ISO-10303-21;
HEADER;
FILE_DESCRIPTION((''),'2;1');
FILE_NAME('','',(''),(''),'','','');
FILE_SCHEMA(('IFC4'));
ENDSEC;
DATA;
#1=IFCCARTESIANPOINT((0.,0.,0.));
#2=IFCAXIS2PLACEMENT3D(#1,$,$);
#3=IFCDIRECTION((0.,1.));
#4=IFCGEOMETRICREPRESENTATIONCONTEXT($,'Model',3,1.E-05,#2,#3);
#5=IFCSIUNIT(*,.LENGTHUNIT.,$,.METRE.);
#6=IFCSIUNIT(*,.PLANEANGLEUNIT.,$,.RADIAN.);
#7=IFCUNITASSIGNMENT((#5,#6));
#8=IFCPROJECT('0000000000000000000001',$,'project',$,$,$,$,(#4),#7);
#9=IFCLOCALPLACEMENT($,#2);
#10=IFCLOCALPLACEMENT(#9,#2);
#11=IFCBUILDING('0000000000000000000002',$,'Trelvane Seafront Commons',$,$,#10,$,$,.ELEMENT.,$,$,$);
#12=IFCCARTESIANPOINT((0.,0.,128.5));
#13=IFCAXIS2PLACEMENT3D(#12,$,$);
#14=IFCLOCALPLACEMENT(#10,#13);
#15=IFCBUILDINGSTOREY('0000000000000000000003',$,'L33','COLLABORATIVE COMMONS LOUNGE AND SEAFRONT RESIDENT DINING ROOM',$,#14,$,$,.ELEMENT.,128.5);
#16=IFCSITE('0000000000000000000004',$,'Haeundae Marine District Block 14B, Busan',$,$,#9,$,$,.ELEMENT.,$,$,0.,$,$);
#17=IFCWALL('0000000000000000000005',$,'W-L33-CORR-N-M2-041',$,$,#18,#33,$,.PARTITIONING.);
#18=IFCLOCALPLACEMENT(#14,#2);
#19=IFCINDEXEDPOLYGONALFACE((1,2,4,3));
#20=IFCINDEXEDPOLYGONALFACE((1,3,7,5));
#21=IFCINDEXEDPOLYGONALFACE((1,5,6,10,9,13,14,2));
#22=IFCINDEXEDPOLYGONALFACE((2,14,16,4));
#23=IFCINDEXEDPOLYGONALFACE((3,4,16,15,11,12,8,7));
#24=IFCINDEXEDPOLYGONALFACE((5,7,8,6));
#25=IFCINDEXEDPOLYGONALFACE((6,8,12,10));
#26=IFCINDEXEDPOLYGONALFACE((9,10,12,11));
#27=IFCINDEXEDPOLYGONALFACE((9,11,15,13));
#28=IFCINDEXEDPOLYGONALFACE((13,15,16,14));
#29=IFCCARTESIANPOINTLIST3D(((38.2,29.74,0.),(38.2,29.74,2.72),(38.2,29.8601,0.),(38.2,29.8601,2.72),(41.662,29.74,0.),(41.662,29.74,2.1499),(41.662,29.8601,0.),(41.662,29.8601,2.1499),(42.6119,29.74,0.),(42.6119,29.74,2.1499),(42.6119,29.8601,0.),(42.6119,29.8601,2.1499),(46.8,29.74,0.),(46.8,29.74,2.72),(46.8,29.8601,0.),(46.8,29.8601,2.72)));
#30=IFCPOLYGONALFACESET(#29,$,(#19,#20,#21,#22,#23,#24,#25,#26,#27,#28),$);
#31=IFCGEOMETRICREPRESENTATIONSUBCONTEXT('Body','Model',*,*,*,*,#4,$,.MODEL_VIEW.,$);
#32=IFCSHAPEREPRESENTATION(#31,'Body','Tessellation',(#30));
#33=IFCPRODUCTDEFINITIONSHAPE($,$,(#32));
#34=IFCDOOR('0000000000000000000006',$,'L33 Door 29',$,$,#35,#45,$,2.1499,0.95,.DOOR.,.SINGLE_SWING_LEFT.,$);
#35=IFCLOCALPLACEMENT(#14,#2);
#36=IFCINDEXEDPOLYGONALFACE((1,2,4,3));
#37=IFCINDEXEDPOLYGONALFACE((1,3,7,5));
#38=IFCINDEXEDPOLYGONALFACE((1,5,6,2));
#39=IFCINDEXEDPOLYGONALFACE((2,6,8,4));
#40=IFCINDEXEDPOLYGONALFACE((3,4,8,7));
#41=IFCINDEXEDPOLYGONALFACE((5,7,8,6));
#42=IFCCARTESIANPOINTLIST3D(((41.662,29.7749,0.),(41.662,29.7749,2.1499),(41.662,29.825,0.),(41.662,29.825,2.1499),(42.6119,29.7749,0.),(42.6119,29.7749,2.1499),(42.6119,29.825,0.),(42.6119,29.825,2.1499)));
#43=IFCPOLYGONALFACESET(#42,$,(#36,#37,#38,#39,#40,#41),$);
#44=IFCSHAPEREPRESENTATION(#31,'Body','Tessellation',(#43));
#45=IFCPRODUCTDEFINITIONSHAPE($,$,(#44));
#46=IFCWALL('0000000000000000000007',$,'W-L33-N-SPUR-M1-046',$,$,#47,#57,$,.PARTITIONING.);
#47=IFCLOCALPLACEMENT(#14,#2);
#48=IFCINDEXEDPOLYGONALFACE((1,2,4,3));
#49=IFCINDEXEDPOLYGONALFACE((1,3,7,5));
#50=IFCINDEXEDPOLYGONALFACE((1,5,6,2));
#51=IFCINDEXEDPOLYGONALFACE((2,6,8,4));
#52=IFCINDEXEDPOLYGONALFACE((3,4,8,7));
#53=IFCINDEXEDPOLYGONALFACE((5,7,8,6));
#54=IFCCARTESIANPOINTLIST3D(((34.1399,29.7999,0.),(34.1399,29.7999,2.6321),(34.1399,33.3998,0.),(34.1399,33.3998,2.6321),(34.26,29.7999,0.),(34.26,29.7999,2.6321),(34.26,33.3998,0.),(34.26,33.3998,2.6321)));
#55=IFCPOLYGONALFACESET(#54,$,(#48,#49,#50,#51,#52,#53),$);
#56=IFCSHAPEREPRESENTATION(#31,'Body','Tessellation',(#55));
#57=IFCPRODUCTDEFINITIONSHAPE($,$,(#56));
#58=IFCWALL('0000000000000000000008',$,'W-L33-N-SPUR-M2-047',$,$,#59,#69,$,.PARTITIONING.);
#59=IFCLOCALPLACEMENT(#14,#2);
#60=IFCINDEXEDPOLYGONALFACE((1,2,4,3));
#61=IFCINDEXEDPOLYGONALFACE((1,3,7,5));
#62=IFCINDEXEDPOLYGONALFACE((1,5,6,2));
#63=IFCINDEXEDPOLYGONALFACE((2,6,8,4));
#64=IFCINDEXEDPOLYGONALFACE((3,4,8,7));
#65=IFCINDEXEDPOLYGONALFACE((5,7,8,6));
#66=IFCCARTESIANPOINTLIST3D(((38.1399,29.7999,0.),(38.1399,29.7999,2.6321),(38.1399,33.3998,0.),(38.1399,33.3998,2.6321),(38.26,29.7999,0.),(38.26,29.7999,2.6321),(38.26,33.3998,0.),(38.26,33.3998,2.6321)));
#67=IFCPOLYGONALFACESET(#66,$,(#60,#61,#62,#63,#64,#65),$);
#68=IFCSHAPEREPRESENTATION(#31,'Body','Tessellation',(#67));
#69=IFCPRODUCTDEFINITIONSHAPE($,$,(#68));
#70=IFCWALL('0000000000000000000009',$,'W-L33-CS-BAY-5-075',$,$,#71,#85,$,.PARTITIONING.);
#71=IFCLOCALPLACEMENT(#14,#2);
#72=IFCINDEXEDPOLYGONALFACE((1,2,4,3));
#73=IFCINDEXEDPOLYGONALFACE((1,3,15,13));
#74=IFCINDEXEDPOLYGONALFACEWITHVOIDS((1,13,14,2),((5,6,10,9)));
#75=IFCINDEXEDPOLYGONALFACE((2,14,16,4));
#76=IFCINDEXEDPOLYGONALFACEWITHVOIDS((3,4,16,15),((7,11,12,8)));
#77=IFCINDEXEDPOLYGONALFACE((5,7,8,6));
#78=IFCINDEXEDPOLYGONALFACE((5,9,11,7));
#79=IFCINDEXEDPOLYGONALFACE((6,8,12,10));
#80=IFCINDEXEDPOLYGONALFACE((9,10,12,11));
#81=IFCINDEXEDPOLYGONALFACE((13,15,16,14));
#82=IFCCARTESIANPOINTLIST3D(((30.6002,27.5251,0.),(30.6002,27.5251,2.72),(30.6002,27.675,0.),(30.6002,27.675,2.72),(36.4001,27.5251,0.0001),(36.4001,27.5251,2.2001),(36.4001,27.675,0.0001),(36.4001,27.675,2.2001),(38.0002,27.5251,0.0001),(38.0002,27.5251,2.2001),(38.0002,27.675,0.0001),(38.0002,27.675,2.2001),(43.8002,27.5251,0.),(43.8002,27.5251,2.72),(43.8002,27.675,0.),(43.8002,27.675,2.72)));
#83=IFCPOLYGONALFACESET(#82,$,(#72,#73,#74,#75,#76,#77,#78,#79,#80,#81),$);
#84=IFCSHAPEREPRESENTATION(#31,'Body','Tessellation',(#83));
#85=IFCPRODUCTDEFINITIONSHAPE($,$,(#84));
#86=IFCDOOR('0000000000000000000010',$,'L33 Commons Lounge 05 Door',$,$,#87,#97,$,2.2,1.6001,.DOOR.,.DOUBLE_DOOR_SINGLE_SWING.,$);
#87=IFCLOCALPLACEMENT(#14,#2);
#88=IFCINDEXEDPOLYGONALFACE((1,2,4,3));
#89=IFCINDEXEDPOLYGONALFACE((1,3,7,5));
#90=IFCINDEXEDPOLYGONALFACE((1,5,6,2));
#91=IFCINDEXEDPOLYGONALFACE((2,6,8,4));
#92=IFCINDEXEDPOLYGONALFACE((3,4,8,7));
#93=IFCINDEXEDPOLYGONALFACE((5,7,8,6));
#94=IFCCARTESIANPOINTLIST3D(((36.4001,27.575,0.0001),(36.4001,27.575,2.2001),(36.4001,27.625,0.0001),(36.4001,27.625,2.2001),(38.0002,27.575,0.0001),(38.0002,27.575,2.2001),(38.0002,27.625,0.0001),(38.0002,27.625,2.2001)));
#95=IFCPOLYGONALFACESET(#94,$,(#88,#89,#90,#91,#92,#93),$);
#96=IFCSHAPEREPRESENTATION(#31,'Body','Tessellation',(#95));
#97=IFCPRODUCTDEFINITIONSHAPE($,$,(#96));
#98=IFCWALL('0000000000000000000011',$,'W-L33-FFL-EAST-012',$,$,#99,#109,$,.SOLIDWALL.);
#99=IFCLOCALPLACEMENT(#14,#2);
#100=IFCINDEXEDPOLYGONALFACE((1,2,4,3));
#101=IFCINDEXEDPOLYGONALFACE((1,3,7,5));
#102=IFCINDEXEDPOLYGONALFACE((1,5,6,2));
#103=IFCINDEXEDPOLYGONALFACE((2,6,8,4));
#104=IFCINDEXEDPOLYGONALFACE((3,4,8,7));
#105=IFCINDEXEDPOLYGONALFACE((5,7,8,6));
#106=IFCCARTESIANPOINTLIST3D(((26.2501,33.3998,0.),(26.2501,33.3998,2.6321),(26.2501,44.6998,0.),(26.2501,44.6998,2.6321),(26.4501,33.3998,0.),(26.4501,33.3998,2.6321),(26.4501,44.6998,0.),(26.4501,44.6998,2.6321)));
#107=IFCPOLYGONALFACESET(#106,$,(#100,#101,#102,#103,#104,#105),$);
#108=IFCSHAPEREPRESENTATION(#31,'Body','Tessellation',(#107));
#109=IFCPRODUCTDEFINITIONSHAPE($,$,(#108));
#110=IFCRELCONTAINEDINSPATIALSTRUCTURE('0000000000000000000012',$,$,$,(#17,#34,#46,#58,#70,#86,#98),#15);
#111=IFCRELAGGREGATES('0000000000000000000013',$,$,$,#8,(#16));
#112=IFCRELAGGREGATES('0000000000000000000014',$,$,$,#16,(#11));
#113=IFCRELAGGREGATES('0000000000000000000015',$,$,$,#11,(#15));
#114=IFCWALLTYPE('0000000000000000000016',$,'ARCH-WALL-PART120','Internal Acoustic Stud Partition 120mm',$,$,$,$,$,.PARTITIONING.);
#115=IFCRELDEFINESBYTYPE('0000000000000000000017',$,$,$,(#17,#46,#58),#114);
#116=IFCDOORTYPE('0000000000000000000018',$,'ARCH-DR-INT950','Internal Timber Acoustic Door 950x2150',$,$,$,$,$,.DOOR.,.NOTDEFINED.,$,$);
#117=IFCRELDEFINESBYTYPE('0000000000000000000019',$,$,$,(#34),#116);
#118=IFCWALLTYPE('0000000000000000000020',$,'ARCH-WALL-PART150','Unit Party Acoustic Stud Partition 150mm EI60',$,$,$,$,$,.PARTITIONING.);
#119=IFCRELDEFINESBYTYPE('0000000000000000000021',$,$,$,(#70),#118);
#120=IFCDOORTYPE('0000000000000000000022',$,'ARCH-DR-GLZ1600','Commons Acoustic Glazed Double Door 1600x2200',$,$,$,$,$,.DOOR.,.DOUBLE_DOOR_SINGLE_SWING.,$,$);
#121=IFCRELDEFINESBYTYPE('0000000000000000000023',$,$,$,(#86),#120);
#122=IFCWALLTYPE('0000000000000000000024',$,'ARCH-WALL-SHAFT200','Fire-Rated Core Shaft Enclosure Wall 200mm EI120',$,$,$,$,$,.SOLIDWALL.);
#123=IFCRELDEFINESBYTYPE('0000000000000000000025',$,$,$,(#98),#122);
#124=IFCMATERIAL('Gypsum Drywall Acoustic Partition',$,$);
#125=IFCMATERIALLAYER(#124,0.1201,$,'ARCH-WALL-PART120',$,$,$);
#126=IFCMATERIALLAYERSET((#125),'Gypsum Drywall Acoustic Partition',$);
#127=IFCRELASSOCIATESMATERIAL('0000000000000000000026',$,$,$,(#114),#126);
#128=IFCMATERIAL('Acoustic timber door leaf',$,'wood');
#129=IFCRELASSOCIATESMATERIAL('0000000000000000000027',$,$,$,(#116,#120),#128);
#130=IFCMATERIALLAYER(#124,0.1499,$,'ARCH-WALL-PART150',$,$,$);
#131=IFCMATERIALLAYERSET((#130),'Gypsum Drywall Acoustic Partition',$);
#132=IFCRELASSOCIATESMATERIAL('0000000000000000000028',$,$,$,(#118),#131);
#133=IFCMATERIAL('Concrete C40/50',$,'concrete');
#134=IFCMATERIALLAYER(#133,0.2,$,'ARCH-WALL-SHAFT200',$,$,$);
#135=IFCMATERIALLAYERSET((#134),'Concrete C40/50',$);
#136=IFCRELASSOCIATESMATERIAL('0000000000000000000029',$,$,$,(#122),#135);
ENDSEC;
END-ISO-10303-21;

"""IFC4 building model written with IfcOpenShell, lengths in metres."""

from ifc_helpers import new_model, si_unit, direction, frame, frame_2d, origin, place, context, subcontext, project, spatial, rectangle, extrude, source, transform, mapped, material, layer, layer_set, type_object, element, fill, save


model = new_model("IFC4")

# Units and contexts
model_context = context("Model", 3, precision=1e-05, world=origin(), true_north=direction((0.0, 1.0)))
body_context = subcontext(model_context, "Body", "Model", "MODEL_VIEW")
ifc_project = project(units=[si_unit("LENGTHUNIT", "METRE"), si_unit("PLANEANGLEUNIT", "RADIAN")], contexts=[model_context])

# Site, building, storey
site_placement = place(None, origin())
site = spatial("IfcSite", under=ifc_project, at=site_placement, Name="Haeundae Marine District Block 14B, Busan", CompositionType="ELEMENT", RefElevation=0.0)
building_placement = place(site_placement, origin())
building = spatial("IfcBuilding", under=site, at=building_placement, Name="Trelvane Seafront Commons", CompositionType="ELEMENT")
storey_placement = place(building_placement, frame((0.0, 0.0, 128.5)))
storey = spatial("IfcBuildingStorey", under=building, at=storey_placement, Name="L33", Description="COLLABORATIVE COMMONS LOUNGE AND SEAFRONT RESIDENT DINING ROOM", CompositionType="ELEMENT", Elevation=128.5)

# Wall, opening, door
ifc_material_1 = material(Name="Concrete C40/50", Category="concrete")
shared_shape_1 = source(origin(), body_context, "Body", "SweptSolid", [
    extrude(rectangle(XDim=1.6001, YDim=2.2, at=frame_2d((0.8, 1.1001))), frame((0.0, 0.0249, 0.0), z_axis=(0.0, -1.0, 0.0), x_axis=(1.0, 0.0, 0.0)), (0.0, 0.0, 1.0), 0.05),
])
ifc_material_2 = material(Name="Gypsum Drywall Acoustic Partition")
ifc_layer_1 = layer(ifc_material_2, 0.1201, Name="ARCH-WALL-PART120")
ifc_layer_set_1 = layer_set([ifc_layer_1], Name="Gypsum Drywall Acoustic Partition")
wall_type_1 = type_object("IfcWallType", Name="ARCH-WALL-PART120", Description="Internal Acoustic Stud Partition 120mm", PredefinedType="PARTITIONING", material=ifc_layer_set_1)
wall_1_placement = place(storey_placement, frame((38.2, 29.8, 0.0), z_axis=(0.0, 0.0, 1.0), x_axis=(1.0, 0.0, 0.0)))
wall_1 = element("IfcWall", 1, at=wall_1_placement, inside=storey, type_object=wall_type_1, Name="W-L33-CORR-N-M2-041", PredefinedType="PARTITIONING", context=body_context, shape_type="SweptSolid", body=[
    extrude(rectangle(XDim=8.6001, YDim=0.1201, at=frame_2d((4.3, 0.0))), origin(), (0.0, 0.0, 1.0), 2.72),
])
opening_1_placement = place(wall_1_placement, frame((3.4619, 0.0, 0.0)))
opening_1 = element("IfcOpeningElement", 2, at=opening_1_placement, cuts=wall_1, PredefinedType="OPENING", context=body_context, shape_type="SweptSolid", body=[
    extrude(rectangle(XDim=0.95, YDim=2.1499, at=frame_2d((0.4751, 1.075))), frame((0.0, 0.0701, 0.0), z_axis=(0.0, -1.0, 0.0), x_axis=(1.0, 0.0, 0.0)), (0.0, 0.0, 1.0), 0.1401),
])
ifc_material_3 = material(Name="Acoustic timber door leaf", Category="wood")
door_type_1 = type_object("IfcDoorType", Name="ARCH-DR-INT950", Description="Internal Timber Acoustic Door 950x2150", OperationType="NOTDEFINED", PredefinedType="DOOR", material=ifc_material_3)
shared_shape_2 = source(origin(), body_context, "Body", "SweptSolid", [
    extrude(rectangle(XDim=0.95, YDim=2.1499, at=frame_2d((0.4751, 1.075))), frame((0.0, 0.0249, 0.0), z_axis=(0.0, -1.0, 0.0), x_axis=(1.0, 0.0, 0.0)), (0.0, 0.0, 1.0), 0.05),
])
door_1_placement = place(opening_1_placement, origin())
door_1 = element("IfcDoor", 3, at=door_1_placement, inside=storey, type_object=door_type_1, Name="L33 Door 29", OperationType="SINGLE_SWING_LEFT", OverallHeight=2.1499, OverallWidth=0.95, PredefinedType="DOOR", context=body_context, shape_type="MappedRepresentation", body=[
    mapped(shared_shape_2, transform((0.0, 0.0, 0.0), x_axis=(1.0, 0.0, 0.0), y_axis=(0.0, 1.0, 0.0), z_axis=(0.0, 0.0, 1.0), scale=1.0)),
])
fill(opening_1, door_1)

# Walls
for number, where, z_axis, x_axis, name in (
    (4, (34.2, 29.8, 0.0), (0.0, 0.0, 1.0), (0.0, 1.0, 0.0), "W-L33-N-SPUR-M1-046"),
    (5, (38.2, 29.8, 0.0), (0.0, 0.0, 1.0), (0.0, 1.0, 0.0), "W-L33-N-SPUR-M2-047"),
):
    element("IfcWall", number, at=place(storey_placement, frame(where, z_axis=z_axis, x_axis=x_axis)), inside=storey, type_object=wall_type_1, Name=name, PredefinedType="PARTITIONING", context=body_context, shape_type="SweptSolid", body=[
        extrude(rectangle(XDim=3.5999, YDim=0.1201, at=frame_2d((1.7998, 0.0))), origin(), (0.0, 0.0, 1.0), 2.6321),
    ])

# Wall, opening, door
ifc_layer_2 = layer(ifc_material_2, 0.1499, Name="ARCH-WALL-PART150")
ifc_layer_set_2 = layer_set([ifc_layer_2], Name="Gypsum Drywall Acoustic Partition")
wall_type_2 = type_object("IfcWallType", Name="ARCH-WALL-PART150", Description="Unit Party Acoustic Stud Partition 150mm EI60", PredefinedType="PARTITIONING", material=ifc_layer_set_2)
wall_2_placement = place(storey_placement, frame((30.6001, 27.6001, 0.0), z_axis=(0.0, 0.0, 1.0), x_axis=(1.0, 0.0, 0.0)))
wall_2 = element("IfcWall", 6, at=wall_2_placement, inside=storey, type_object=wall_type_2, Name="W-L33-CS-BAY-5-075", PredefinedType="PARTITIONING", context=body_context, shape_type="SweptSolid", body=[
    extrude(rectangle(XDim=13.2, YDim=0.1499, at=frame_2d((6.6001, 0.0))), origin(), (0.0, 0.0, 1.0), 2.72),
])
opening_2_placement = place(wall_2_placement, frame((5.8, 0.0, 0.0)))
opening_2 = element("IfcOpeningElement", 7, at=opening_2_placement, cuts=wall_2, PredefinedType="OPENING", context=body_context, shape_type="SweptSolid", body=[
    extrude(rectangle(XDim=1.6001, YDim=2.2, at=frame_2d((0.8, 1.1001))), frame((0.0, 0.085, 0.0), z_axis=(0.0, -1.0, 0.0), x_axis=(1.0, 0.0, 0.0)), (0.0, 0.0, 1.0), 0.1699),
])
door_type_2 = type_object("IfcDoorType", Name="ARCH-DR-GLZ1600", Description="Commons Acoustic Glazed Double Door 1600x2200", OperationType="DOUBLE_DOOR_SINGLE_SWING", PredefinedType="DOOR", material=ifc_material_3)
door_2_placement = place(opening_2_placement, origin())
door_2 = element("IfcDoor", 8, at=door_2_placement, inside=storey, type_object=door_type_2, Name="L33 Commons Lounge 05 Door", OperationType="DOUBLE_DOOR_SINGLE_SWING", OverallHeight=2.2, OverallWidth=1.6001, PredefinedType="DOOR", context=body_context, shape_type="MappedRepresentation", body=[
    mapped(shared_shape_1, transform((0.0, 0.0, 0.0), x_axis=(1.0, 0.0, 0.0), y_axis=(0.0, 1.0, 0.0), z_axis=(0.0, 0.0, 1.0), scale=1.0)),
])
fill(opening_2, door_2)

# Wall
ifc_layer_3 = layer(ifc_material_1, 0.2, Name="ARCH-WALL-SHAFT200")
ifc_layer_set_3 = layer_set([ifc_layer_3], Name="Concrete C40/50")
wall_type_3 = type_object("IfcWallType", Name="ARCH-WALL-SHAFT200", Description="Fire-Rated Core Shaft Enclosure Wall 200mm EI120", PredefinedType="SOLIDWALL", material=ifc_layer_set_3)
wall_3_placement = place(storey_placement, frame((26.3501, 33.3999, 0.0), z_axis=(0.0, 0.0, 1.0), x_axis=(0.0, 1.0, 0.0)))
element("IfcWall", 9, at=wall_3_placement, inside=storey, type_object=wall_type_3, Name="W-L33-FFL-EAST-012", PredefinedType="SOLIDWALL", context=body_context, shape_type="SweptSolid", body=[
    extrude(rectangle(XDim=11.3, YDim=0.2, at=frame_2d((5.6499, 0.0))), origin(), (0.0, 0.0, 1.0), 2.6321),
])

save(model, "model.ifc")
